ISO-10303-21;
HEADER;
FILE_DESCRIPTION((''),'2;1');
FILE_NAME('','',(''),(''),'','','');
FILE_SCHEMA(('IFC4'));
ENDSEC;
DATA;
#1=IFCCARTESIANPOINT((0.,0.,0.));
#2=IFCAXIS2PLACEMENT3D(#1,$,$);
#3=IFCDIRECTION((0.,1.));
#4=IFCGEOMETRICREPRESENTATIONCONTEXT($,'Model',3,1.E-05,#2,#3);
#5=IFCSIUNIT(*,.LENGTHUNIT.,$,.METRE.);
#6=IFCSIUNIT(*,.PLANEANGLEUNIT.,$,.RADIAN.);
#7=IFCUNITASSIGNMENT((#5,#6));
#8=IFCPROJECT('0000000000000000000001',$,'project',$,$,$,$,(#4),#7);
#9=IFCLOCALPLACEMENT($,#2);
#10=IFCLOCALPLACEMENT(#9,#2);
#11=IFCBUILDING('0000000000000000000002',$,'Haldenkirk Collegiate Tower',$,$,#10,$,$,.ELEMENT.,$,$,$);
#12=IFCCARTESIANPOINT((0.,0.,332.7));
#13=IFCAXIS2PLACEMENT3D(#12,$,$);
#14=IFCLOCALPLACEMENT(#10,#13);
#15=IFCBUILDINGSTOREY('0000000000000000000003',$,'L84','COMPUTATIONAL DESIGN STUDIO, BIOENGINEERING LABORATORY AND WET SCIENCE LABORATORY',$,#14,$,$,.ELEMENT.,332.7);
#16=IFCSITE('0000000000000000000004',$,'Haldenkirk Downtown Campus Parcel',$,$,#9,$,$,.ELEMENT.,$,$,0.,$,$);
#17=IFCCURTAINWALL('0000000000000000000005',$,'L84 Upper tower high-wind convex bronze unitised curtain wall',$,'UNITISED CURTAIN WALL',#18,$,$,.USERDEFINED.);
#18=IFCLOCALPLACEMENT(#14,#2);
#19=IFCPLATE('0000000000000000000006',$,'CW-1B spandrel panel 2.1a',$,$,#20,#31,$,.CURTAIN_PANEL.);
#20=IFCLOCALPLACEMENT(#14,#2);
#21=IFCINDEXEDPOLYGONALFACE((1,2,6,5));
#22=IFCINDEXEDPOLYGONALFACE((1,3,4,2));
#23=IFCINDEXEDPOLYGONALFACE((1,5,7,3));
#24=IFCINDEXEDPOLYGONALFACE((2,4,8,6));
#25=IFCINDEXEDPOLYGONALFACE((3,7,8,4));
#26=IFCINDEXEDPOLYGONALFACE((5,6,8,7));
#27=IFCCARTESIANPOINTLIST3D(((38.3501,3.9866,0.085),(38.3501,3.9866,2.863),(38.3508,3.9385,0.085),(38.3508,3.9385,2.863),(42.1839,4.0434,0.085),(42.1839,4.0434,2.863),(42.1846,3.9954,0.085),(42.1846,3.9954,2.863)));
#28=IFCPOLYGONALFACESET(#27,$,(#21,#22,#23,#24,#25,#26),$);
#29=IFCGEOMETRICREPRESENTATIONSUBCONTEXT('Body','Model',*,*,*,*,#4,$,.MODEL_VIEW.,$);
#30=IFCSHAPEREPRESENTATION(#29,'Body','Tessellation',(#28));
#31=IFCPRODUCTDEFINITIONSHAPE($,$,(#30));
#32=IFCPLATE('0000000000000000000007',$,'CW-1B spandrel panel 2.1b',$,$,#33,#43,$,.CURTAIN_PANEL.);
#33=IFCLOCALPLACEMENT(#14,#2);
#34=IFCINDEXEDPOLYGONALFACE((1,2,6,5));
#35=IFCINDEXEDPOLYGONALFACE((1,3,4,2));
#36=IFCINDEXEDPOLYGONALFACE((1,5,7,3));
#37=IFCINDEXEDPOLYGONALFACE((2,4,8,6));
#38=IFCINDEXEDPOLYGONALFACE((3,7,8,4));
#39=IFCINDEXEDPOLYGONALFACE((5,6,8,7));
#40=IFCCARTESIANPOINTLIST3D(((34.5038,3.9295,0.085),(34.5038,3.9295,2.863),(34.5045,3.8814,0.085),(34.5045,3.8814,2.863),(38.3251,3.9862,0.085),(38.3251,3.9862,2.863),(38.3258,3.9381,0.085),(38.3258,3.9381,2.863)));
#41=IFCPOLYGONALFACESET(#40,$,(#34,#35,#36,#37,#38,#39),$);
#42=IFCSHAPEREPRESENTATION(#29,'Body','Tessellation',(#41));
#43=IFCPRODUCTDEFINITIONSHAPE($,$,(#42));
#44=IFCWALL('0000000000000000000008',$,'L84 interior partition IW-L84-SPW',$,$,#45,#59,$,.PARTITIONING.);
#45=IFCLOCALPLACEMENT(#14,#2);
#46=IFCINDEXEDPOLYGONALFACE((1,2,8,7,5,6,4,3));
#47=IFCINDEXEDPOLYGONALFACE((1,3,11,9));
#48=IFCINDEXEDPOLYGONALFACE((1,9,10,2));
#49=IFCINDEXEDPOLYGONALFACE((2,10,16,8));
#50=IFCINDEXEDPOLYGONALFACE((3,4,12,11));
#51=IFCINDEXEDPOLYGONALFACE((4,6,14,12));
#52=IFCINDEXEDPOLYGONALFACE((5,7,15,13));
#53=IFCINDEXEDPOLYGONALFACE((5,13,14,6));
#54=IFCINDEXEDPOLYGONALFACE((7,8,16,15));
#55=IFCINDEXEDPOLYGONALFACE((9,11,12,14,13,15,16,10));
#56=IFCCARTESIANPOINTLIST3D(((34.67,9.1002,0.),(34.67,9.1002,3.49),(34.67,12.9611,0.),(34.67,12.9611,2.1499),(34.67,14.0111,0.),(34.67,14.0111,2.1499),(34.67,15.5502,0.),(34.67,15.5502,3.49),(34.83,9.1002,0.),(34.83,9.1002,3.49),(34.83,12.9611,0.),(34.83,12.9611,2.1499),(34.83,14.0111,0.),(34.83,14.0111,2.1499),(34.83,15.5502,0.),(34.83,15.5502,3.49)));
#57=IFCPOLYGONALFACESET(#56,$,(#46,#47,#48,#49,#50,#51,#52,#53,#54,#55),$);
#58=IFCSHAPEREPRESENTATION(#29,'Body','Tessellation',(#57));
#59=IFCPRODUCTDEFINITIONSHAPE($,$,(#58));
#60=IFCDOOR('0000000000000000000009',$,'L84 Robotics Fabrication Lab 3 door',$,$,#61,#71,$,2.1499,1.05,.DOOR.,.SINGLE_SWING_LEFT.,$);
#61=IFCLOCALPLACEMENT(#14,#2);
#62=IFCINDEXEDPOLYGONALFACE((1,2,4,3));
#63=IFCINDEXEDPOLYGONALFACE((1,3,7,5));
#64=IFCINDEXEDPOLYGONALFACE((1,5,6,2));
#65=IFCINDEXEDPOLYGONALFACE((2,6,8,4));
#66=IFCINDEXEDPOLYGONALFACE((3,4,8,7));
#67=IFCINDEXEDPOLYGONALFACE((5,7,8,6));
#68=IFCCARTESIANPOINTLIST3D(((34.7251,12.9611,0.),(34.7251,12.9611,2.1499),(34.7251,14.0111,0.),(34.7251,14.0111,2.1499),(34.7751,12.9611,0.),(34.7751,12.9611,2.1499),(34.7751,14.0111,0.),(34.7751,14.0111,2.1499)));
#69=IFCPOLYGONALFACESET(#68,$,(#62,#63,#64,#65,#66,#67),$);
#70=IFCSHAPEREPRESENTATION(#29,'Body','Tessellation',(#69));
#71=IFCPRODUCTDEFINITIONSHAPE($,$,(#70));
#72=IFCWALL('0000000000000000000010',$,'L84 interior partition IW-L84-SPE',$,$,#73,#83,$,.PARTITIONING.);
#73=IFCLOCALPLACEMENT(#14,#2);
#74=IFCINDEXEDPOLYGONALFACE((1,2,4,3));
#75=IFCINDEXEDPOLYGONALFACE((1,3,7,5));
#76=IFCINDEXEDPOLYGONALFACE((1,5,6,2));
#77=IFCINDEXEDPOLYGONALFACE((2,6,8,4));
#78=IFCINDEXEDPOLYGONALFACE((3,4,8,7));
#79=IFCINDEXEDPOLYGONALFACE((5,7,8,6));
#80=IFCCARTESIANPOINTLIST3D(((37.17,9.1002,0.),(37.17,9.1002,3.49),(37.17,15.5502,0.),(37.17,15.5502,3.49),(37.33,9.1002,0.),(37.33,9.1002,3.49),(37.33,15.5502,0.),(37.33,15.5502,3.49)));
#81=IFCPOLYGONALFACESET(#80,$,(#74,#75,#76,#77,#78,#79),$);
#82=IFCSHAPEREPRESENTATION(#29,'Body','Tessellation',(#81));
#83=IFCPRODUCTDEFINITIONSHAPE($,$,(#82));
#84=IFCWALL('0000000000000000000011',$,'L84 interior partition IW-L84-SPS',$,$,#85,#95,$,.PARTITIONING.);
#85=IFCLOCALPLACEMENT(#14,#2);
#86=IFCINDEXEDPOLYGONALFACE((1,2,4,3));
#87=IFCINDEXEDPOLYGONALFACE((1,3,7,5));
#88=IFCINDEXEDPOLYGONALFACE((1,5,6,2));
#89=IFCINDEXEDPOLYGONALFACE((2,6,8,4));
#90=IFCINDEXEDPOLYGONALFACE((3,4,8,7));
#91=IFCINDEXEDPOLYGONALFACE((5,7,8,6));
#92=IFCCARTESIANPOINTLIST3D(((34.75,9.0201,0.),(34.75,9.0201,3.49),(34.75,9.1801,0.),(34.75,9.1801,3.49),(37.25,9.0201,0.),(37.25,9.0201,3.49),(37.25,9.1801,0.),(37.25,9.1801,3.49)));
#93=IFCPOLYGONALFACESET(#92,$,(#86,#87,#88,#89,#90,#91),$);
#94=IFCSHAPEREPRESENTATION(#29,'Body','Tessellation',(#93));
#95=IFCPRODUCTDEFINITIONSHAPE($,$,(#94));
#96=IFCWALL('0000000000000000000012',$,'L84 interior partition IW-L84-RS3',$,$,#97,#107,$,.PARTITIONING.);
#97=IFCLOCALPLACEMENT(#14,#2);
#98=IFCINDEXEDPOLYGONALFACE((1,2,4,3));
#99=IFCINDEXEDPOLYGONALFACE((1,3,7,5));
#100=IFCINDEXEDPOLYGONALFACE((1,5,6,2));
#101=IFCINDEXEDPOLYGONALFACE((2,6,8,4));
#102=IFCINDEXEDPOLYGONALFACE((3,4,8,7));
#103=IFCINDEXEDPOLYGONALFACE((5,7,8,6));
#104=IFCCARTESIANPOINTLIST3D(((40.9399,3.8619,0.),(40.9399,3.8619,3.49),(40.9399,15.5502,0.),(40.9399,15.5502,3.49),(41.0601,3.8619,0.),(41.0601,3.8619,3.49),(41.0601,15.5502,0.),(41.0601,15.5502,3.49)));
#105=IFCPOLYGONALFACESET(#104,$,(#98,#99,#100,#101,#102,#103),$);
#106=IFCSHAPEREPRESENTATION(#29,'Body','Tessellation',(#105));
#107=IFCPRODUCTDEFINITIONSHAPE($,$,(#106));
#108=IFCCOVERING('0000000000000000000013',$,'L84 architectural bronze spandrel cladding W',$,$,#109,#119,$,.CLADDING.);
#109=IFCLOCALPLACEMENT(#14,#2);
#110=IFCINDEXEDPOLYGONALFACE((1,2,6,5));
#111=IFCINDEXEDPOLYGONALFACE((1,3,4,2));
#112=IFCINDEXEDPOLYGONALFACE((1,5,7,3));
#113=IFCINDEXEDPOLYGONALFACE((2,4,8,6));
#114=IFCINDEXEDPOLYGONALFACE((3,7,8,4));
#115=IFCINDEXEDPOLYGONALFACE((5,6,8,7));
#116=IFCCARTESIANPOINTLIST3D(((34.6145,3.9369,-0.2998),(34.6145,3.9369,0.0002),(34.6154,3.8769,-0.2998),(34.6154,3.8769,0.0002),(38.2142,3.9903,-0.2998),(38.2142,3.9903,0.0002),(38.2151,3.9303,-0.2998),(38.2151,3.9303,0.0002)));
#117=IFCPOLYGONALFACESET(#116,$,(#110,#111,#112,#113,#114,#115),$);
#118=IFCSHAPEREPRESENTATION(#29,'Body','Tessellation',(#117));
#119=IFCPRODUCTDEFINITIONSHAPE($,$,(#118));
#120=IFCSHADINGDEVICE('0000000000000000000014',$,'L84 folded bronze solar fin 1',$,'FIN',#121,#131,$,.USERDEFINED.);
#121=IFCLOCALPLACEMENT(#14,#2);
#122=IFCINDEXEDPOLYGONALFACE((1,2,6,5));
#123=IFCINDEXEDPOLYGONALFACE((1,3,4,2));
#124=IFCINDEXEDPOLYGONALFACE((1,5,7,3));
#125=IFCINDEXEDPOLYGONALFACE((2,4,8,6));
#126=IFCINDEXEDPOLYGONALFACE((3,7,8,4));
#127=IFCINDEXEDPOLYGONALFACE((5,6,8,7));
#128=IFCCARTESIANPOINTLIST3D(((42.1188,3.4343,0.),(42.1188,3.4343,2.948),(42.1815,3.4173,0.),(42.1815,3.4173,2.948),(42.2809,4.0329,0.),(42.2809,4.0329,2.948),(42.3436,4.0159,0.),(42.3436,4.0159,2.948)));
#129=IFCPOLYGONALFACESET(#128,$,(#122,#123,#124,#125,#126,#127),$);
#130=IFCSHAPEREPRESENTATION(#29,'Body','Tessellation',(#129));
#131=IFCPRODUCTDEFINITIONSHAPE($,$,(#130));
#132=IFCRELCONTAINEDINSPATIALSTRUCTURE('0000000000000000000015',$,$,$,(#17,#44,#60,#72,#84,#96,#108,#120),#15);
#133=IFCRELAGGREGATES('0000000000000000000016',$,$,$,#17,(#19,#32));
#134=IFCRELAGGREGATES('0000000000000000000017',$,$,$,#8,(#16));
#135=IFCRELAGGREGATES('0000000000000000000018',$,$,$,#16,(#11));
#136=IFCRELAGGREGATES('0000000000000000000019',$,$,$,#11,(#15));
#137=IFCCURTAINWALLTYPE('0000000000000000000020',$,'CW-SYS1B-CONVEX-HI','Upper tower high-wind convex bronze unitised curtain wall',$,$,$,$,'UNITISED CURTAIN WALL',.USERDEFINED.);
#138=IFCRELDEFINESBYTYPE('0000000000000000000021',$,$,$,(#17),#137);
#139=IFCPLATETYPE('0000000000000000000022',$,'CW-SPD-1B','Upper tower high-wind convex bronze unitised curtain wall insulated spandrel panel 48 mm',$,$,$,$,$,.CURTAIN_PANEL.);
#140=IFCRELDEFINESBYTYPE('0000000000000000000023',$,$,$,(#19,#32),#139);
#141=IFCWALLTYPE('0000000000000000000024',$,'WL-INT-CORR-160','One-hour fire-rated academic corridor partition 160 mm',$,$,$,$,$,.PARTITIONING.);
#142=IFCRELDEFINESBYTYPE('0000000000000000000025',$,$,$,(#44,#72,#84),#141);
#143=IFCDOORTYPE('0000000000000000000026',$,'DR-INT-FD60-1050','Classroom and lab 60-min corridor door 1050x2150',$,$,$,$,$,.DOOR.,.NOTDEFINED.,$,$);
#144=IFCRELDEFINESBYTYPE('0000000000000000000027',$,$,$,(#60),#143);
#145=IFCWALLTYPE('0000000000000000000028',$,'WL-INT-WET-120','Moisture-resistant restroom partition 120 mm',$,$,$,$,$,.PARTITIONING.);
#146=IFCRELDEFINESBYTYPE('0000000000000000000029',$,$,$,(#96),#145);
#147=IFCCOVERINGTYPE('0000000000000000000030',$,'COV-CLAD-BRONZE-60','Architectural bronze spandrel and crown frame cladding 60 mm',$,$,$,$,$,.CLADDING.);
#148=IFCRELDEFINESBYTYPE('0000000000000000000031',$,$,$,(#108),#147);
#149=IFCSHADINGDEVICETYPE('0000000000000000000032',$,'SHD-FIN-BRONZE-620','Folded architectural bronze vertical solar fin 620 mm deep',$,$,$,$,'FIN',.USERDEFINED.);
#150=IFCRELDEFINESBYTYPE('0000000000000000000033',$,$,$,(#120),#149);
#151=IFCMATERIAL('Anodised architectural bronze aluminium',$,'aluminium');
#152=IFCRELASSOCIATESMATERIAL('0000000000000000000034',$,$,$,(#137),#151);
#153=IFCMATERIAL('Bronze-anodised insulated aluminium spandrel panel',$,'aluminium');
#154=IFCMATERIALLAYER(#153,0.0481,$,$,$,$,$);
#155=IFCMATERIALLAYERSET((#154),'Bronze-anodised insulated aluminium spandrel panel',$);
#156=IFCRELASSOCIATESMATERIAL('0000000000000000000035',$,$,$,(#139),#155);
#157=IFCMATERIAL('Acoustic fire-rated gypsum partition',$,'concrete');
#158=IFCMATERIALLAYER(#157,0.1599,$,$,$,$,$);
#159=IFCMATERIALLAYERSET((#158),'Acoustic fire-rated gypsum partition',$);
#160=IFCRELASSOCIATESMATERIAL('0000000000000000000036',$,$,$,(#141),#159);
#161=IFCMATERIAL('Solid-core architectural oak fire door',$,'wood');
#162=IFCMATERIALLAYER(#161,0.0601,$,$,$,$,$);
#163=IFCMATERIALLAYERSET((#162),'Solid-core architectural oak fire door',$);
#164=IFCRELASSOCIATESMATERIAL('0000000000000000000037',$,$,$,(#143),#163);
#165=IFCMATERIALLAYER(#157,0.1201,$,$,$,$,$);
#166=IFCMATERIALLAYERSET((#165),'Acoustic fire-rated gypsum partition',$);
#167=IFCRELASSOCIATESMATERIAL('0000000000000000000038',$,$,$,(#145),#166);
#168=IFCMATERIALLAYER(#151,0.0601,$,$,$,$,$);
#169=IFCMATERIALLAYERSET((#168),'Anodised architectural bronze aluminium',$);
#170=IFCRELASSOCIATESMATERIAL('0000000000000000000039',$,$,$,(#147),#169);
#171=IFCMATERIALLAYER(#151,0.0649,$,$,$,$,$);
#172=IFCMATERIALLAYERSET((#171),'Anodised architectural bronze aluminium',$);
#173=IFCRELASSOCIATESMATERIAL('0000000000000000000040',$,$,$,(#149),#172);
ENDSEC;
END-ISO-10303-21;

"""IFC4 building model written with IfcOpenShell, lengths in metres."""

from ifc_helpers import new_model, si_unit, direction, frame, frame_2d, origin, origin_2d, place, context, subcontext, project, spatial, rectangle, extrude, source, transform, mapped, material, layer, layer_set, type_object, element, fill, aggregate, save


model = new_model("IFC4")

# Units and contexts
model_context = context("Model", 3, precision=1e-05, world=origin(), true_north=direction((0.0, 1.0)))
body_context = subcontext(model_context, "Body", "Model", "MODEL_VIEW")
ifc_project = project(units=[si_unit("LENGTHUNIT", "METRE"), si_unit("PLANEANGLEUNIT", "RADIAN")], contexts=[model_context])

# Site, building, storey
site_placement = place(None, origin())
site = spatial("IfcSite", under=ifc_project, at=site_placement, Name="Haldenkirk Downtown Campus Parcel", CompositionType="ELEMENT", RefElevation=0.0)
building_placement = place(site_placement, origin())
building = spatial("IfcBuilding", under=site, at=building_placement, Name="Haldenkirk Collegiate Tower", CompositionType="ELEMENT")
storey_placement = place(building_placement, frame((0.0, 0.0, 332.7)))
storey = spatial("IfcBuildingStorey", under=building, at=storey_placement, Name="L84", Description="COMPUTATIONAL DESIGN STUDIO, BIOENGINEERING LABORATORY AND WET SCIENCE LABORATORY", CompositionType="ELEMENT", Elevation=332.7)

# Curtain wall
ifc_material_1 = material(Name="Anodised architectural bronze aluminium", Category="aluminium")
curtain_wall_type = type_object("IfcCurtainWallType", Name="CW-SYS1B-CONVEX-HI", Description="Upper tower high-wind convex bronze unitised curtain wall", ElementType="UNITISED CURTAIN WALL", PredefinedType="USERDEFINED", material=ifc_material_1)
curtain_wall_placement = place(storey_placement, origin())
curtain_wall = element("IfcCurtainWall", 1, at=curtain_wall_placement, inside=storey, type_object=curtain_wall_type, Name="L84 Upper tower high-wind convex bronze unitised curtain wall", ObjectType="UNITISED CURTAIN WALL", PredefinedType="USERDEFINED")

# Plates
ifc_material_2 = material(Name="Bronze-anodised insulated aluminium spandrel panel", Category="aluminium")
ifc_layer_1 = layer(ifc_material_2, 0.0481)
ifc_layer_set_1 = layer_set([ifc_layer_1], Name="Bronze-anodised insulated aluminium spandrel panel")
plate_type = type_object("IfcPlateType", Name="CW-SPD-1B", Description="Upper tower high-wind convex bronze unitised curtain wall insulated spandrel panel 48 mm", PredefinedType="CURTAIN_PANEL", material=ifc_layer_set_1)
shared_shape_1 = source(origin(), body_context, "Body", "SweptSolid", [
    extrude(rectangle(XDim=3.8342, YDim=0.0481, at=origin_2d()), origin(), (0.0, 0.0, 1.0), 2.7781),
])
plate_1_placement = place(storey_placement, frame((40.2673, 3.991, 0.085), z_axis=(0.0, 0.0, 1.0), x_axis=(-0.99989, -0.014833, 0.0)))
plate_1 = element("IfcPlate", 2, at=plate_1_placement, type_object=plate_type, Name="CW-1B spandrel panel 2.1a", PredefinedType="CURTAIN_PANEL", context=body_context, shape_type="MappedRepresentation", body=[
    mapped(shared_shape_1, transform((0.0, 0.0, 0.0), x_axis=(1.0, 0.0, 0.0), y_axis=(0.0, 1.0, 0.0), z_axis=(0.0, 0.0, 1.0), scale=1.0)),
])
shared_shape_2 = source(origin(), body_context, "Body", "SweptSolid", [
    extrude(rectangle(XDim=3.8218, YDim=0.0481, at=origin_2d()), origin(), (0.0, 0.0, 1.0), 2.7781),
])
plate_2_placement = place(storey_placement, frame((36.4148, 3.9338, 0.085), z_axis=(0.0, 0.0, 1.0), x_axis=(-0.99989, -0.014833, 0.0)))
plate_2 = element("IfcPlate", 3, at=plate_2_placement, type_object=plate_type, Name="CW-1B spandrel panel 2.1b", PredefinedType="CURTAIN_PANEL", context=body_context, shape_type="MappedRepresentation", body=[
    mapped(shared_shape_2, transform((0.0, 0.0, 0.0), x_axis=(1.0, 0.0, 0.0), y_axis=(0.0, 1.0, 0.0), z_axis=(0.0, 0.0, 1.0), scale=1.0)),
])
aggregate(curtain_wall, [plate_1, plate_2])

# Wall, opening, door
ifc_material_3 = material(Name="Acoustic fire-rated gypsum partition", Category="concrete")
ifc_layer_2 = layer(ifc_material_3, 0.1599)
ifc_layer_set_2 = layer_set([ifc_layer_2], Name="Acoustic fire-rated gypsum partition")
wall_type_1 = type_object("IfcWallType", Name="WL-INT-CORR-160", Description="One-hour fire-rated academic corridor partition 160 mm", PredefinedType="PARTITIONING", material=ifc_layer_set_2)
wall_1_placement = place(storey_placement, frame((34.75, 9.1001, 0.0), z_axis=(0.0, 0.0, 1.0), x_axis=(0.0, 1.0, 0.0)))
wall_1 = element("IfcWall", 4, at=wall_1_placement, inside=storey, type_object=wall_type_1, Name="L84 interior partition IW-L84-SPW", PredefinedType="PARTITIONING", context=body_context, shape_type="SweptSolid", body=[
    extrude(rectangle(XDim=6.45, YDim=0.1599, at=frame_2d((3.2251, 0.0))), origin(), (0.0, 0.0, 1.0), 3.49),
])
opening_placement = place(wall_1_placement, frame((3.8611, 0.0, 0.0)))
opening = element("IfcOpeningElement", 5, at=opening_placement, cuts=wall_1, PredefinedType="OPENING", context=body_context, shape_type="SweptSolid", body=[
    extrude(rectangle(XDim=1.05, YDim=2.1499, at=frame_2d((0.5249, 1.075))), frame((0.0, 0.0898, 0.0), z_axis=(0.0, -1.0, 0.0), x_axis=(1.0, 0.0, 0.0)), (0.0, 0.0, 1.0), 0.1799),
])
ifc_material_4 = material(Name="Solid-core architectural oak fire door", Category="wood")
ifc_layer_3 = layer(ifc_material_4, 0.0601)
ifc_layer_set_3 = layer_set([ifc_layer_3], Name="Solid-core architectural oak fire door")
door_type = type_object("IfcDoorType", Name="DR-INT-FD60-1050", Description="Classroom and lab 60-min corridor door 1050x2150", OperationType="NOTDEFINED", PredefinedType="DOOR", material=ifc_layer_set_3)
door_placement = place(opening_placement, origin())
door = element("IfcDoor", 6, at=door_placement, inside=storey, type_object=door_type, Name="L84 Robotics Fabrication Lab 3 door", OperationType="SINGLE_SWING_LEFT", OverallHeight=2.1499, OverallWidth=1.05, PredefinedType="DOOR", context=body_context, shape_type="SweptSolid", body=[
    extrude(rectangle(XDim=1.05, YDim=2.1499, at=frame_2d((0.5249, 1.075))), frame((0.0, 0.0249, 0.0), z_axis=(0.0, -1.0, 0.0), x_axis=(1.0, 0.0, 0.0)), (0.0, 0.0, 1.0), 0.05),
])
fill(opening, door)

# Walls
wall_2_placement = place(storey_placement, frame((37.25, 9.1001, 0.0), z_axis=(0.0, 0.0, 1.0), x_axis=(0.0, 1.0, 0.0)))
element("IfcWall", 7, at=wall_2_placement, inside=storey, type_object=wall_type_1, Name="L84 interior partition IW-L84-SPE", PredefinedType="PARTITIONING", context=body_context, shape_type="SweptSolid", body=[
    extrude(rectangle(XDim=6.45, YDim=0.1599, at=frame_2d((3.2251, 0.0))), origin(), (0.0, 0.0, 1.0), 3.49),
])
wall_3_placement = place(storey_placement, frame((34.75, 9.1001, 0.0), z_axis=(0.0, 0.0, 1.0), x_axis=(1.0, 0.0, 0.0)))
element("IfcWall", 8, at=wall_3_placement, inside=storey, type_object=wall_type_1, Name="L84 interior partition IW-L84-SPS", PredefinedType="PARTITIONING", context=body_context, shape_type="SweptSolid", body=[
    extrude(rectangle(XDim=2.5, YDim=0.1599, at=frame_2d((1.25, 0.0))), origin(), (0.0, 0.0, 1.0), 3.49),
])
ifc_layer_4 = layer(ifc_material_3, 0.1201)
ifc_layer_set_4 = layer_set([ifc_layer_4], Name="Acoustic fire-rated gypsum partition")
wall_type_2 = type_object("IfcWallType", Name="WL-INT-WET-120", Description="Moisture-resistant restroom partition 120 mm", PredefinedType="PARTITIONING", material=ifc_layer_set_4)
wall_4_placement = place(storey_placement, frame((41.0, 3.8618, 0.0), z_axis=(0.0, 0.0, 1.0), x_axis=(0.0, 1.0, 0.0)))
element("IfcWall", 9, at=wall_4_placement, inside=storey, type_object=wall_type_2, Name="L84 interior partition IW-L84-RS3", PredefinedType="PARTITIONING", context=body_context, shape_type="SweptSolid", body=[
    extrude(rectangle(XDim=11.6882, YDim=0.1201, at=frame_2d((5.8442, 0.0))), origin(), (0.0, 0.0, 1.0), 3.49),
])

# Covering
ifc_layer_5 = layer(ifc_material_1, 0.0601)
ifc_layer_set_5 = layer_set([ifc_layer_5], Name="Anodised architectural bronze aluminium")
covering_type = type_object("IfcCoveringType", Name="COV-CLAD-BRONZE-60", Description="Architectural bronze spandrel and crown frame cladding 60 mm", PredefinedType="CLADDING", material=ifc_layer_set_5)
shared_shape_3 = source(origin(), body_context, "Body", "SweptSolid", [
    extrude(rectangle(XDim=3.6001, YDim=0.0601, at=origin_2d()), origin(), (0.0, 0.0, 1.0), 0.3),
])
covering_placement = place(storey_placement, frame((36.4148, 3.9336, -0.2998), z_axis=(0.0, 0.0, 1.0), x_axis=(-0.99989, -0.014835, 0.0)))
element("IfcCovering", 10, at=covering_placement, inside=storey, type_object=covering_type, Name="L84 architectural bronze spandrel cladding W", PredefinedType="CLADDING", context=body_context, shape_type="MappedRepresentation", body=[
    mapped(shared_shape_3, transform((0.0, 0.0, 0.0), x_axis=(1.0, 0.0, 0.0), y_axis=(0.0, 1.0, 0.0), z_axis=(0.0, 0.0, 1.0), scale=1.0)),
])

# Shading device
ifc_layer_6 = layer(ifc_material_1, 0.0649)
ifc_layer_set_6 = layer_set([ifc_layer_6], Name="Anodised architectural bronze aluminium")
shading_device_type = type_object("IfcShadingDeviceType", Name="SHD-FIN-BRONZE-620", Description="Folded architectural bronze vertical solar fin 620 mm deep", ElementType="FIN", PredefinedType="USERDEFINED", material=ifc_layer_set_6)
shared_shape_4 = source(origin(), body_context, "Body", "SweptSolid", [
    extrude(rectangle(XDim=0.6201, YDim=0.0649, at=origin_2d()), origin(), (0.0, 0.0, 1.0), 2.948),
])
shading_device_placement = place(storey_placement, frame((42.2312, 3.7251, 0.0), z_axis=(0.0, 0.0, 1.0), x_axis=(-0.261347, -0.965245, 0.0)))
element("IfcShadingDevice", 11, at=shading_device_placement, inside=storey, type_object=shading_device_type, Name="L84 folded bronze solar fin 1", ObjectType="FIN", PredefinedType="USERDEFINED", context=body_context, shape_type="MappedRepresentation", body=[
    mapped(shared_shape_4, transform((0.0, 0.0, 0.0), x_axis=(1.0, 0.0, 0.0), y_axis=(0.0, 1.0, 0.0), z_axis=(0.0, 0.0, 1.0), scale=1.0)),
])

save(model, "model.ifc")
